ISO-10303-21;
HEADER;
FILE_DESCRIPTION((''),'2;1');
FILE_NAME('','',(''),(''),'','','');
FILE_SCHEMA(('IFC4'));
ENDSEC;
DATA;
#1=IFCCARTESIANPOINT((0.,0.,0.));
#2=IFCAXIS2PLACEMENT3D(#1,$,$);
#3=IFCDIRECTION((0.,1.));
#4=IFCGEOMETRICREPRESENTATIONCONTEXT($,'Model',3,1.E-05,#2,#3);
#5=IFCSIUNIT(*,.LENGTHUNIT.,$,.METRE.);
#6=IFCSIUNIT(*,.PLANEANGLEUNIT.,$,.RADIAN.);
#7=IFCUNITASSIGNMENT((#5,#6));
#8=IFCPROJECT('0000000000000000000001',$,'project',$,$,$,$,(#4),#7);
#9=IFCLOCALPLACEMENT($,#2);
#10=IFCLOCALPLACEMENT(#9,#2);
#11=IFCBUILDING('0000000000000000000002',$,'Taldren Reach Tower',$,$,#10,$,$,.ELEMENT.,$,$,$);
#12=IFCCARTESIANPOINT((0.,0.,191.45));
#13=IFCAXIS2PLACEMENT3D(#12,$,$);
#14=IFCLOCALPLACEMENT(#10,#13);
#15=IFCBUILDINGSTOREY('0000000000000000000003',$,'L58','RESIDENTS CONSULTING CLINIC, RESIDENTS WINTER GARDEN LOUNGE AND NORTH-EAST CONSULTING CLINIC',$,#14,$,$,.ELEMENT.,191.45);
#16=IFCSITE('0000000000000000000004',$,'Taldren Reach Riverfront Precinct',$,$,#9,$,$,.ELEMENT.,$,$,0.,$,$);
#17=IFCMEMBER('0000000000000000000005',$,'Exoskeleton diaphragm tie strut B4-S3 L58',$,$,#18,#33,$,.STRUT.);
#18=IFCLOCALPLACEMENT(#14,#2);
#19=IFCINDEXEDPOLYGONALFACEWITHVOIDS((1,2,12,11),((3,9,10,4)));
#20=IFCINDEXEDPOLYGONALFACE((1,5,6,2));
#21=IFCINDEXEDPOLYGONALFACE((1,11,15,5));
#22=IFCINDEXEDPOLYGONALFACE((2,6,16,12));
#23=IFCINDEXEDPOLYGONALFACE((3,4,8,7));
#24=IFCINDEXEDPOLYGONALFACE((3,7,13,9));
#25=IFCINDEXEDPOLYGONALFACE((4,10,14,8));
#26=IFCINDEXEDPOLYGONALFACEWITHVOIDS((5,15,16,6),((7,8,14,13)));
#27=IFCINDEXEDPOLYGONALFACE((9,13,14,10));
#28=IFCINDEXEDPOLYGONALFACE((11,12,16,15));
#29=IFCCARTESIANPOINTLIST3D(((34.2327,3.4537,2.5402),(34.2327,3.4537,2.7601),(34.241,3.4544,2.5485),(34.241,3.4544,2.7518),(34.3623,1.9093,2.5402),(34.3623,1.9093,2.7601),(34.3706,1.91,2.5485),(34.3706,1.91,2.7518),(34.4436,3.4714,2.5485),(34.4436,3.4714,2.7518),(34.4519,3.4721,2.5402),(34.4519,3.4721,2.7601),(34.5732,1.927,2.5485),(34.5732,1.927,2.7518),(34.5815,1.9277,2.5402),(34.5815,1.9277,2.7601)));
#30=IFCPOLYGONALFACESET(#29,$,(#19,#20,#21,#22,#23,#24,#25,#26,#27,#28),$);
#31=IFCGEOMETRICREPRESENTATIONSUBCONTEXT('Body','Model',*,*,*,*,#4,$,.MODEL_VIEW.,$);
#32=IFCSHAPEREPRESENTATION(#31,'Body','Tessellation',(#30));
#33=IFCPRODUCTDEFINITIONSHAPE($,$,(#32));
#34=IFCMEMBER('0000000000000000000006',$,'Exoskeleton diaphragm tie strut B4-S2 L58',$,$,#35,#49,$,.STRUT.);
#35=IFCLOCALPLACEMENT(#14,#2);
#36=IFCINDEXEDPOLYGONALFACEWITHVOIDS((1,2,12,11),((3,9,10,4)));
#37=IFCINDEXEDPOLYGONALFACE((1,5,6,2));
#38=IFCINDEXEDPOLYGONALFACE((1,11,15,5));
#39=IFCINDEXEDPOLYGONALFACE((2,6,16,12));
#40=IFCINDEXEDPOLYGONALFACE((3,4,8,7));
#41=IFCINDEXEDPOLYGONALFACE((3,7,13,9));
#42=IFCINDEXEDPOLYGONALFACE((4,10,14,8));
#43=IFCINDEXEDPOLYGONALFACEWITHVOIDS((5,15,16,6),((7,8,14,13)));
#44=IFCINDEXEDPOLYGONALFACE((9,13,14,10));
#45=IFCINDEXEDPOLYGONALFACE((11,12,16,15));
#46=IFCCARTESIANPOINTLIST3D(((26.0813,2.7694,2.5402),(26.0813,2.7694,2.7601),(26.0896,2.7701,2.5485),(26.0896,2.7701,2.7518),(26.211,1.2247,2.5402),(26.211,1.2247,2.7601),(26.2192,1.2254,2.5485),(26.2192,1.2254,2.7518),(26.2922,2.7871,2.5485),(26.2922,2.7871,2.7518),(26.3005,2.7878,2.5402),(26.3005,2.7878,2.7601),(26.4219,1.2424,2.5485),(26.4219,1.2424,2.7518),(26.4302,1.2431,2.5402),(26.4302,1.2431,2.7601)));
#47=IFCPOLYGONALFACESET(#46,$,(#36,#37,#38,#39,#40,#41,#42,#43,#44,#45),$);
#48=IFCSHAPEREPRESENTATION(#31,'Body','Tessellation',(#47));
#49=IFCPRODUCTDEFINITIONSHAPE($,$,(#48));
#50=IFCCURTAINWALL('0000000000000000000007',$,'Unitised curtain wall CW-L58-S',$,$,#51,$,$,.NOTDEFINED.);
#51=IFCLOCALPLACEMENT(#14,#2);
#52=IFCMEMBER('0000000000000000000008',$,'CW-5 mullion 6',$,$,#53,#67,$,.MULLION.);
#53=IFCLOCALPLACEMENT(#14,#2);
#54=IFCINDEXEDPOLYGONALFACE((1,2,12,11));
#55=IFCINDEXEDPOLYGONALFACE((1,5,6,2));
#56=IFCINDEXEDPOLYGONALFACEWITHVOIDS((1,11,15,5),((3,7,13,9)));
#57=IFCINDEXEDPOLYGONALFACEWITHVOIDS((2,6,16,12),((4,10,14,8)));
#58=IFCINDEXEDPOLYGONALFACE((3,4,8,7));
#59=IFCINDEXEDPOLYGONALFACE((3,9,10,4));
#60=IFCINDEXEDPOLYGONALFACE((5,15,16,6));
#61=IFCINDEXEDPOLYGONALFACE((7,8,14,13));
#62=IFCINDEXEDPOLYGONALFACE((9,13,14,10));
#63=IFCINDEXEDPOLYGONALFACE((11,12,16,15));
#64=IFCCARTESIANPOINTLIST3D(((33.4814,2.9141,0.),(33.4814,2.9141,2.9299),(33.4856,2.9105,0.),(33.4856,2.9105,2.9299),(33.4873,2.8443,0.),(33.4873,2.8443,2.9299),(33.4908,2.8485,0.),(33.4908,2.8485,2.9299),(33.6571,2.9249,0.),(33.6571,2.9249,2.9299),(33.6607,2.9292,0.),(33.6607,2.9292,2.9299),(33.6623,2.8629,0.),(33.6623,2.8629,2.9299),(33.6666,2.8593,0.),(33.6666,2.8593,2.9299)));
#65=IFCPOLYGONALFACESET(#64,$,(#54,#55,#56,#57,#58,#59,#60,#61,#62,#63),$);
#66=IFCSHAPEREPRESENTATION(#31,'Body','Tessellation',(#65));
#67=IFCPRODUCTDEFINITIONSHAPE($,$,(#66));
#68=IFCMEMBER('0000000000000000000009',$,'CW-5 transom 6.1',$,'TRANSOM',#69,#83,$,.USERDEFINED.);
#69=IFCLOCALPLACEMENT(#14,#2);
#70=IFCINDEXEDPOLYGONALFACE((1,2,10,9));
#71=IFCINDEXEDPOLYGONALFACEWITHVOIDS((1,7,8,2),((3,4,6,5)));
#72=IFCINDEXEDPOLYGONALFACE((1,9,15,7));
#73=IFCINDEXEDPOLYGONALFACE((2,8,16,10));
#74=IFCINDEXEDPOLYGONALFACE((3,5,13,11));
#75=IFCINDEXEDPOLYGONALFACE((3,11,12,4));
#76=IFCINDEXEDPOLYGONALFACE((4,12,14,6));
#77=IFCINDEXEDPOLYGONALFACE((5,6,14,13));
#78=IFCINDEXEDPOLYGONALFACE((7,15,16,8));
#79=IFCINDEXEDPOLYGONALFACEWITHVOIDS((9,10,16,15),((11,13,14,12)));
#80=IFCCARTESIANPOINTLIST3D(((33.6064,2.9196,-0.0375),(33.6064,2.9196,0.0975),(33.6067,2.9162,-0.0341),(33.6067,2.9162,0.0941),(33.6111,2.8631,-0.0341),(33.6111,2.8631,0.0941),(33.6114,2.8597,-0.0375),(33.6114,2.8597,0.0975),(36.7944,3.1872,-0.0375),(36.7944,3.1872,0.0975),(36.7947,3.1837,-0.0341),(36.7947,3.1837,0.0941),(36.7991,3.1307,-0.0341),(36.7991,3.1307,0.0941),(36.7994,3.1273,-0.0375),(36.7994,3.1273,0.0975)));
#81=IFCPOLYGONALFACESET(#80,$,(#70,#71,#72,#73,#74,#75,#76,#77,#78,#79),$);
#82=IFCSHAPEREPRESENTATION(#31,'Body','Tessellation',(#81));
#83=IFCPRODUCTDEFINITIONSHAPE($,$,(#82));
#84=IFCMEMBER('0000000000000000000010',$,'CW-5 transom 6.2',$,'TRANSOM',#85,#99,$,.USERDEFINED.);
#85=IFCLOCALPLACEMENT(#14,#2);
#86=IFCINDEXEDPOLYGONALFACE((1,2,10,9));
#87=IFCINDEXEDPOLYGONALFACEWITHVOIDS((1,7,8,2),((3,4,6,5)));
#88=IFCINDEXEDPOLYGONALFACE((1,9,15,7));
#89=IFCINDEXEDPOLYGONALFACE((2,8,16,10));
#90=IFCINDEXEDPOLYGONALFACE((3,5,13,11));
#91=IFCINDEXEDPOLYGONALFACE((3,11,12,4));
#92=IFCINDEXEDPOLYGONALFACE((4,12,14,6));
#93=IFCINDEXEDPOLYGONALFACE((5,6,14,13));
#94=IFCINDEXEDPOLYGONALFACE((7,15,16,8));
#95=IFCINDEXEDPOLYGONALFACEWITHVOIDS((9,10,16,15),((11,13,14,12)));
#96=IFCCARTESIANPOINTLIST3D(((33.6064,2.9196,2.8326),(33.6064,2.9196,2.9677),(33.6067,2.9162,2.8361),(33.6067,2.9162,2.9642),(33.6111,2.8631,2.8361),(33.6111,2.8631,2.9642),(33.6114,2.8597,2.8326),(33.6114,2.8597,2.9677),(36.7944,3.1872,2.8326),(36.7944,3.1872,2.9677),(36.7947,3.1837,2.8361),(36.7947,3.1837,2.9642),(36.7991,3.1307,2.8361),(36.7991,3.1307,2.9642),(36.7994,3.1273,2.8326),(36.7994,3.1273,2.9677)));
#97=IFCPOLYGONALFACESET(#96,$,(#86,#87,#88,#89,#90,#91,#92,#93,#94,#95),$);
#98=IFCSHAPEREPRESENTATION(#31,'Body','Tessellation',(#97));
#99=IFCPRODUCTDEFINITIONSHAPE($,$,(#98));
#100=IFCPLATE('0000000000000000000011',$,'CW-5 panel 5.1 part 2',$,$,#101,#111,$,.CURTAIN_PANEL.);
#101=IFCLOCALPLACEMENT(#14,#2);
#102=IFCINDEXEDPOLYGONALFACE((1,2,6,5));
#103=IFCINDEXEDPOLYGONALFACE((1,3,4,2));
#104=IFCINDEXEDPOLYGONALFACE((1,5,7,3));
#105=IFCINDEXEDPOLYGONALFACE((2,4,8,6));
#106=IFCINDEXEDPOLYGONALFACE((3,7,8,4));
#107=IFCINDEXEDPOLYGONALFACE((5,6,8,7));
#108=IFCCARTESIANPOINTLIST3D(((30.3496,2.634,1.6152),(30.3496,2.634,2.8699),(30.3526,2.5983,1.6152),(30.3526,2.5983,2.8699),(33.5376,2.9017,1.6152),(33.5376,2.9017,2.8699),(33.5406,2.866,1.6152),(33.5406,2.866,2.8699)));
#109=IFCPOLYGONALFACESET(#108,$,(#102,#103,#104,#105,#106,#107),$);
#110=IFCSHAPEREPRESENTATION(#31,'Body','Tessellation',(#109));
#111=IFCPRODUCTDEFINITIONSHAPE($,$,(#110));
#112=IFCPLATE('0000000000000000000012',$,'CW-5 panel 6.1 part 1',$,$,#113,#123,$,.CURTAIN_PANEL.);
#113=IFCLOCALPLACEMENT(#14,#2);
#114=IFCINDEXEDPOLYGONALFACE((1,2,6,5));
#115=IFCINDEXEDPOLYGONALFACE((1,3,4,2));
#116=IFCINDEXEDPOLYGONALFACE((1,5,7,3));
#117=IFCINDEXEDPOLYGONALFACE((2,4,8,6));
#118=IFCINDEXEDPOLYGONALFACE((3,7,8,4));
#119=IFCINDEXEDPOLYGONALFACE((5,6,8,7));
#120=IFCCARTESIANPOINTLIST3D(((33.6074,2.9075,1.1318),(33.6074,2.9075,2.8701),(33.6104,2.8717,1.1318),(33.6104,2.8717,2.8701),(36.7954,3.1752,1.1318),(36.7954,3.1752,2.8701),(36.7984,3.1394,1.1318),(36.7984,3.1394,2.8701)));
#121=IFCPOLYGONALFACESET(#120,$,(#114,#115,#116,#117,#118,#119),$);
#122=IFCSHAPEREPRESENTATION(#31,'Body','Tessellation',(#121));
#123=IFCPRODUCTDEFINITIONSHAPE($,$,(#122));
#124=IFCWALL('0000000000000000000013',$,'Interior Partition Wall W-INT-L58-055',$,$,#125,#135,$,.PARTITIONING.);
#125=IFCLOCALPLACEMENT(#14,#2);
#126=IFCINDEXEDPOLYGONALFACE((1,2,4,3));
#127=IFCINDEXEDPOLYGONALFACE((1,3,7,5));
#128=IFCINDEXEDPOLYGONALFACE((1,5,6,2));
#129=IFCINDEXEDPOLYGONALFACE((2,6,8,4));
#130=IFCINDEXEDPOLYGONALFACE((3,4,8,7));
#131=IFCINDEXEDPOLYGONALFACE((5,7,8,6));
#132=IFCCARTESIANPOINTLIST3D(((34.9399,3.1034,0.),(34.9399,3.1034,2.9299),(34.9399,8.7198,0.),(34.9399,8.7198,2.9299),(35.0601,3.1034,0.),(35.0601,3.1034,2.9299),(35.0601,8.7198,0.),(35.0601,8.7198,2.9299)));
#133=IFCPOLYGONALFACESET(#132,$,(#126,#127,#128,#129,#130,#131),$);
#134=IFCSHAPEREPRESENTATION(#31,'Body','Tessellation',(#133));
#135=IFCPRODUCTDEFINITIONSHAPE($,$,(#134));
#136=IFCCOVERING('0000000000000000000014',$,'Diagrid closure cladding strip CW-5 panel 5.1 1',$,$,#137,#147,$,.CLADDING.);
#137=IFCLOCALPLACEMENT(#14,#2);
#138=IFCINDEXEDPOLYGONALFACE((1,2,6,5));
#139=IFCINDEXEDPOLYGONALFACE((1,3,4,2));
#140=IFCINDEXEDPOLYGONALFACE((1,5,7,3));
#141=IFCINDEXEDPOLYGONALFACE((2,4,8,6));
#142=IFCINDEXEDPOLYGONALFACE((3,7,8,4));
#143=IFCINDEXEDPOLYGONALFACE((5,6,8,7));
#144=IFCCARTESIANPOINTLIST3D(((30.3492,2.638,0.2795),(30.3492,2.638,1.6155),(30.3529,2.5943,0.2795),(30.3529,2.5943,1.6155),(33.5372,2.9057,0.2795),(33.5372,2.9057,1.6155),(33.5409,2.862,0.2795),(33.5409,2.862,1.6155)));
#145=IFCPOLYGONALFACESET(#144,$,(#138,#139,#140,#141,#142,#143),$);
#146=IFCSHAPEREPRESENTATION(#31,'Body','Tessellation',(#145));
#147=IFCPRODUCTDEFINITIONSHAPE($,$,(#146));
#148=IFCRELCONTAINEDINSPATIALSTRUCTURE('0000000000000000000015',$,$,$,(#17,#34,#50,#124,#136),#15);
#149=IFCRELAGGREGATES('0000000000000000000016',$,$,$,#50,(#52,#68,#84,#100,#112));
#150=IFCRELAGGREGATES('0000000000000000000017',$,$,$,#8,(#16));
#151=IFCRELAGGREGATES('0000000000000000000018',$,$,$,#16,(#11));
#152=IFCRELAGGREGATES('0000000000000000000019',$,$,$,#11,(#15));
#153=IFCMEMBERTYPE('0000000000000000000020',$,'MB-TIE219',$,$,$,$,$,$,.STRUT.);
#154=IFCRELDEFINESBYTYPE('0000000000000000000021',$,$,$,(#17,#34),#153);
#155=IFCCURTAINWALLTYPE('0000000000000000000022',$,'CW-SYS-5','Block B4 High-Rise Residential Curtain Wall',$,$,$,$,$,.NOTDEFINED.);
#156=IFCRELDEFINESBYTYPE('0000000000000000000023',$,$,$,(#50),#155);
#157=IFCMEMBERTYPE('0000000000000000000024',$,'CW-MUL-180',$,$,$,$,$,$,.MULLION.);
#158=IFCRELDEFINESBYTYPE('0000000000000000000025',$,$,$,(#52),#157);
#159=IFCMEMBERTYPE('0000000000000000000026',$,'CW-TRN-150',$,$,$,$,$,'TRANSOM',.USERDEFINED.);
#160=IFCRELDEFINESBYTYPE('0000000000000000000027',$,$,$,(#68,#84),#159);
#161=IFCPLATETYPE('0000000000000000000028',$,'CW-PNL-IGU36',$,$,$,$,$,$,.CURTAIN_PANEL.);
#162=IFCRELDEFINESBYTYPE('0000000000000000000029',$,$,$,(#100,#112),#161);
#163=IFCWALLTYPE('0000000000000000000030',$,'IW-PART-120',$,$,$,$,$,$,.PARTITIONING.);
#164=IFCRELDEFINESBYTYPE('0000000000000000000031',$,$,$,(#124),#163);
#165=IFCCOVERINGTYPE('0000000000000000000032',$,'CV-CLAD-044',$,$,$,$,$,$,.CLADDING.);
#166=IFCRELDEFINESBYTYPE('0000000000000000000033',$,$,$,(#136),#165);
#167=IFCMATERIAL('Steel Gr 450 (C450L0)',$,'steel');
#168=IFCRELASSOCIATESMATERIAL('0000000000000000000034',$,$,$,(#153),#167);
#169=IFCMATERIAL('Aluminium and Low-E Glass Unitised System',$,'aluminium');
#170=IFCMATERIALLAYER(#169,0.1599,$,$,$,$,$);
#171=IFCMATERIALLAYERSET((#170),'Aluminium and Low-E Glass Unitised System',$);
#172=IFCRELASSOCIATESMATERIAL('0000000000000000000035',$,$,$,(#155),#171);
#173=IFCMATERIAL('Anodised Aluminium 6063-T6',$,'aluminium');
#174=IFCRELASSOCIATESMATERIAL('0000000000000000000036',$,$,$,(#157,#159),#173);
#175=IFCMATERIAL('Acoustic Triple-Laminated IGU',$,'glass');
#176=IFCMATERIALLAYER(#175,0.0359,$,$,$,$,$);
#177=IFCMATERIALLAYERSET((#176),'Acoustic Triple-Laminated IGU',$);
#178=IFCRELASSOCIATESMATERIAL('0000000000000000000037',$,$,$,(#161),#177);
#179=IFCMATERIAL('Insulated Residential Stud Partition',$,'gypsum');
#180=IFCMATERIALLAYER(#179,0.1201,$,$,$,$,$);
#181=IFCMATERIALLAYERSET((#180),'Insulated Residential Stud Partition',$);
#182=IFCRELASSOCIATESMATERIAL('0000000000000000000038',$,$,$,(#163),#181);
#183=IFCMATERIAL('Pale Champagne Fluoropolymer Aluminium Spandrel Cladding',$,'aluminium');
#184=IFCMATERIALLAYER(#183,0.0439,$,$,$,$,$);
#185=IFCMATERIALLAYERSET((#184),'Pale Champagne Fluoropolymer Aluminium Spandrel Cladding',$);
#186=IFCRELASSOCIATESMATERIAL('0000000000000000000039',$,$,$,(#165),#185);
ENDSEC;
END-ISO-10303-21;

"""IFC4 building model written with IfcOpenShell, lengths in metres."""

from ifc_helpers import new_model, si_unit, direction, frame, frame_2d, origin, origin_2d, place, context, subcontext, project, spatial, rectangle, hollow_rectangle, extrude, source, transform, mapped, material, layer, layer_set, material_profile, profile_set, type_object, element, aggregate, save


model = new_model("IFC4")

# Units and contexts
model_context = context("Model", 3, precision=1e-05, world=origin(), true_north=direction((0.0, 1.0)))
body_context = subcontext(model_context, "Body", "Model", "MODEL_VIEW")
ifc_project = project(units=[si_unit("LENGTHUNIT", "METRE"), si_unit("PLANEANGLEUNIT", "RADIAN")], contexts=[model_context])

# Site, building, storey
site_placement = place(None, origin())
site = spatial("IfcSite", under=ifc_project, at=site_placement, Name="Taldren Reach Riverfront Precinct", CompositionType="ELEMENT", RefElevation=0.0)
building_placement = place(site_placement, origin())
building = spatial("IfcBuilding", under=site, at=building_placement, Name="Taldren Reach Tower", CompositionType="ELEMENT")
storey_placement = place(building_placement, frame((0.0, 0.0, 191.45)))
storey = spatial("IfcBuildingStorey", under=building, at=storey_placement, Name="L58", Description="RESIDENTS CONSULTING CLINIC, RESIDENTS WINTER GARDEN LOUNGE AND NORTH-EAST CONSULTING CLINIC", CompositionType="ELEMENT", Elevation=191.45)

# Members
ifc_material_1 = material(Name="Steel Gr 450 (C450L0)", Category="steel")
ifc_material_profile_1 = material_profile(ifc_material_1, hollow_rectangle(XDim=0.22, YDim=0.22, WallThickness=0.0083, at=origin_2d()), Name="220x220x8.2SHS")
ifc_profile_set_1 = profile_set([ifc_material_profile_1], Name="Steel Gr 450 (C450L0)")
member_type_1 = type_object("IfcMemberType", Name="MB-TIE219", PredefinedType="STRUT", material=ifc_profile_set_1)
shared_shape_1 = source(origin(), body_context, "Body", "SweptSolid", [
    extrude(hollow_rectangle(XDim=0.22, YDim=0.22, WallThickness=0.0083, at=origin_2d()), origin(), (0.0, 0.0, 1.0), 1.5498),
])
member_1_placement = place(storey_placement, frame((34.3423, 3.4629, 2.6501), z_axis=(0.083645, -0.996496, 0.0), x_axis=(0.996496, 0.083645, 0.0)))
element("IfcMember", 1, at=member_1_placement, inside=storey, type_object=member_type_1, Name="Exoskeleton diaphragm tie strut B4-S3 L58", PredefinedType="STRUT", context=body_context, shape_type="MappedRepresentation", body=[
    mapped(shared_shape_1, transform((0.0, 0.0, 0.0), scale=1.0)),
])
shared_shape_2 = source(origin(), body_context, "Body", "SweptSolid", [
    extrude(hollow_rectangle(XDim=0.22, YDim=0.22, WallThickness=0.0083, at=origin_2d()), origin(), (0.0, 0.0, 1.0), 1.55),
])
member_2_placement = place(storey_placement, frame((26.1909, 2.7786, 2.6501), z_axis=(0.083632, -0.996497, 0.0), x_axis=(0.996497, 0.083632, 0.0)))
element("IfcMember", 2, at=member_2_placement, inside=storey, type_object=member_type_1, Name="Exoskeleton diaphragm tie strut B4-S2 L58", PredefinedType="STRUT", context=body_context, shape_type="MappedRepresentation", body=[
    mapped(shared_shape_2, transform((0.0, 0.0, 0.0), scale=1.0)),
])

# Curtain wall, members, plates
ifc_material_2 = material(Name="Aluminium and Low-E Glass Unitised System", Category="aluminium")
ifc_layer_1 = layer(ifc_material_2, 0.1599)
ifc_layer_set_1 = layer_set([ifc_layer_1], Name="Aluminium and Low-E Glass Unitised System")
curtain_wall_type = type_object("IfcCurtainWallType", Name="CW-SYS-5", Description="Block B4 High-Rise Residential Curtain Wall", PredefinedType="NOTDEFINED", material=ifc_layer_set_1)
curtain_wall_placement = place(storey_placement, origin())
curtain_wall = element("IfcCurtainWall", 3, at=curtain_wall_placement, inside=storey, type_object=curtain_wall_type, Name="Unitised curtain wall CW-L58-S", PredefinedType="NOTDEFINED")
ifc_material_3 = material(Name="Anodised Aluminium 6063-T6", Category="aluminium")
ifc_material_profile_2 = material_profile(ifc_material_3, hollow_rectangle(XDim=0.0701, YDim=0.1799, WallThickness=0.0039, at=origin_2d()), Name="ALU-180x70x4RHS")
ifc_profile_set_2 = profile_set([ifc_material_profile_2], Name="Anodised Aluminium 6063-T6")
member_type_2 = type_object("IfcMemberType", Name="CW-MUL-180", PredefinedType="MULLION", material=ifc_profile_set_2)
shared_shape_3 = source(origin(), body_context, "Body", "SweptSolid", [
    extrude(hollow_rectangle(XDim=0.0701, YDim=0.1799, WallThickness=0.0039, at=origin_2d()), origin(), (0.0, 0.0, 1.0), 2.9299),
])
member_3_placement = place(storey_placement, frame((33.574, 2.8867, 0.0), z_axis=(0.0, 0.0, 1.0), x_axis=(-0.083678, 0.996493, 0.0)))
member_3 = element("IfcMember", 4, at=member_3_placement, type_object=member_type_2, Name="CW-5 mullion 6", PredefinedType="MULLION", context=body_context, shape_type="MappedRepresentation", body=[
    mapped(shared_shape_3, transform((0.0, 0.0, 0.0), scale=1.0)),
])
ifc_material_profile_3 = material_profile(ifc_material_3, hollow_rectangle(XDim=0.0601, YDim=0.135, WallThickness=0.0034, at=origin_2d()), Name="ALU-135x60x3.5RHS")
ifc_profile_set_3 = profile_set([ifc_material_profile_3], Name="Anodised Aluminium 6063-T6")
member_type_3 = type_object("IfcMemberType", Name="CW-TRN-150", ElementType="TRANSOM", PredefinedType="USERDEFINED", material=ifc_profile_set_3)
shared_shape_4 = source(origin(), body_context, "Body", "SweptSolid", [
    extrude(hollow_rectangle(XDim=0.0601, YDim=0.135, WallThickness=0.0034, at=origin_2d()), origin(), (0.0, 0.0, 1.0), 3.1992),
])
member_4_placement = place(storey_placement, frame((33.6089, 2.8896, 0.03), z_axis=(0.996496, 0.083639, 0.0), x_axis=(-0.083639, 0.996496, 0.0)))
member_4 = element("IfcMember", 5, at=member_4_placement, type_object=member_type_3, Name="CW-5 transom 6.1", ObjectType="TRANSOM", PredefinedType="USERDEFINED", context=body_context, shape_type="MappedRepresentation", body=[
    mapped(shared_shape_4, transform((0.0, 0.0, 0.0), scale=1.0)),
])
member_5_placement = place(storey_placement, frame((33.6089, 2.8896, 2.9001), z_axis=(0.996496, 0.083639, 0.0), x_axis=(-0.083639, 0.996496, 0.0)))
member_5 = element("IfcMember", 6, at=member_5_placement, type_object=member_type_3, Name="CW-5 transom 6.2", ObjectType="TRANSOM", PredefinedType="USERDEFINED", context=body_context, shape_type="MappedRepresentation", body=[
    mapped(shared_shape_4, transform((0.0, 0.0, 0.0), scale=1.0)),
])
ifc_material_4 = material(Name="Acoustic Triple-Laminated IGU", Category="glass")
ifc_layer_2 = layer(ifc_material_4, 0.0359)
ifc_layer_set_2 = layer_set([ifc_layer_2], Name="Acoustic Triple-Laminated IGU")
plate_type = type_object("IfcPlateType", Name="CW-PNL-IGU36", PredefinedType="CURTAIN_PANEL", material=ifc_layer_set_2)
shared_shape_5 = source(origin(), body_context, "Body", "SweptSolid", [
    extrude(rectangle(XDim=3.1992, YDim=0.0359, at=origin_2d()), origin(), (0.0, 0.0, 1.0), 1.2546),
])
plate_1_placement = place(storey_placement, frame((31.9451, 2.75, 1.6152), z_axis=(0.0, 0.0, 1.0), x_axis=(0.996493, 0.083678, 0.0)))
plate_1 = element("IfcPlate", 7, at=plate_1_placement, type_object=plate_type, Name="CW-5 panel 5.1 part 2", PredefinedType="CURTAIN_PANEL", context=body_context, shape_type="MappedRepresentation", body=[
    mapped(shared_shape_5, transform((0.0, 0.0, 0.0), scale=1.0)),
])
shared_shape_6 = source(origin(), body_context, "Body", "SweptSolid", [
    extrude(rectangle(XDim=3.1992, YDim=0.0359, at=origin_2d()), origin(), (0.0, 0.0, 1.0), 1.7383),
])
plate_2_placement = place(storey_placement, frame((35.2029, 3.0234, 1.1318), z_axis=(0.0, 0.0, 1.0), x_axis=(0.996493, 0.083678, 0.0)))
plate_2 = element("IfcPlate", 8, at=plate_2_placement, type_object=plate_type, Name="CW-5 panel 6.1 part 1", PredefinedType="CURTAIN_PANEL", context=body_context, shape_type="MappedRepresentation", body=[
    mapped(shared_shape_6, transform((0.0, 0.0, 0.0), scale=1.0)),
])
aggregate(curtain_wall, [member_3, member_4, member_5, plate_1, plate_2])

# Wall
ifc_material_5 = material(Name="Insulated Residential Stud Partition", Category="gypsum")
ifc_layer_3 = layer(ifc_material_5, 0.1201)
ifc_layer_set_3 = layer_set([ifc_layer_3], Name="Insulated Residential Stud Partition")
wall_type = type_object("IfcWallType", Name="IW-PART-120", PredefinedType="PARTITIONING", material=ifc_layer_set_3)
shared_shape_7 = source(origin(), body_context, "Body", "SweptSolid", [
    extrude(rectangle(XDim=5.6165, YDim=0.1201, at=frame_2d((2.8081, 0.0))), origin(), (0.0, 0.0, 1.0), 2.9299),
])
wall_placement = place(storey_placement, frame((35.0, 3.1035, 0.0), z_axis=(0.0, 0.0, 1.0), x_axis=(0.0, 1.0, 0.0)))
element("IfcWall", 9, at=wall_placement, inside=storey, type_object=wall_type, Name="Interior Partition Wall W-INT-L58-055", PredefinedType="PARTITIONING", context=body_context, shape_type="MappedRepresentation", body=[
    mapped(shared_shape_7, transform((0.0, 0.0, 0.0), scale=1.0)),
])

# Covering
ifc_material_6 = material(Name="Pale Champagne Fluoropolymer Aluminium Spandrel Cladding", Category="aluminium")
ifc_layer_4 = layer(ifc_material_6, 0.0439)
ifc_layer_set_4 = layer_set([ifc_layer_4], Name="Pale Champagne Fluoropolymer Aluminium Spandrel Cladding")
covering_type = type_object("IfcCoveringType", Name="CV-CLAD-044", PredefinedType="CLADDING", material=ifc_layer_set_4)
shared_shape_8 = source(origin(), body_context, "Body", "SweptSolid", [
    extrude(rectangle(XDim=3.1992, YDim=0.0439, at=origin_2d()), origin(), (0.0, 0.0, 1.0), 1.3359),
])
covering_placement = place(storey_placement, frame((31.9451, 2.75, 0.2795), z_axis=(0.0, 0.0, 1.0), x_axis=(0.996493, 0.083678, 0.0)))
element("IfcCovering", 10, at=covering_placement, inside=storey, type_object=covering_type, Name="Diagrid closure cladding strip CW-5 panel 5.1 1", PredefinedType="CLADDING", context=body_context, shape_type="MappedRepresentation", body=[
    mapped(shared_shape_8, transform((0.0, 0.0, 0.0), scale=1.0)),
])

save(model, "model.ifc")
